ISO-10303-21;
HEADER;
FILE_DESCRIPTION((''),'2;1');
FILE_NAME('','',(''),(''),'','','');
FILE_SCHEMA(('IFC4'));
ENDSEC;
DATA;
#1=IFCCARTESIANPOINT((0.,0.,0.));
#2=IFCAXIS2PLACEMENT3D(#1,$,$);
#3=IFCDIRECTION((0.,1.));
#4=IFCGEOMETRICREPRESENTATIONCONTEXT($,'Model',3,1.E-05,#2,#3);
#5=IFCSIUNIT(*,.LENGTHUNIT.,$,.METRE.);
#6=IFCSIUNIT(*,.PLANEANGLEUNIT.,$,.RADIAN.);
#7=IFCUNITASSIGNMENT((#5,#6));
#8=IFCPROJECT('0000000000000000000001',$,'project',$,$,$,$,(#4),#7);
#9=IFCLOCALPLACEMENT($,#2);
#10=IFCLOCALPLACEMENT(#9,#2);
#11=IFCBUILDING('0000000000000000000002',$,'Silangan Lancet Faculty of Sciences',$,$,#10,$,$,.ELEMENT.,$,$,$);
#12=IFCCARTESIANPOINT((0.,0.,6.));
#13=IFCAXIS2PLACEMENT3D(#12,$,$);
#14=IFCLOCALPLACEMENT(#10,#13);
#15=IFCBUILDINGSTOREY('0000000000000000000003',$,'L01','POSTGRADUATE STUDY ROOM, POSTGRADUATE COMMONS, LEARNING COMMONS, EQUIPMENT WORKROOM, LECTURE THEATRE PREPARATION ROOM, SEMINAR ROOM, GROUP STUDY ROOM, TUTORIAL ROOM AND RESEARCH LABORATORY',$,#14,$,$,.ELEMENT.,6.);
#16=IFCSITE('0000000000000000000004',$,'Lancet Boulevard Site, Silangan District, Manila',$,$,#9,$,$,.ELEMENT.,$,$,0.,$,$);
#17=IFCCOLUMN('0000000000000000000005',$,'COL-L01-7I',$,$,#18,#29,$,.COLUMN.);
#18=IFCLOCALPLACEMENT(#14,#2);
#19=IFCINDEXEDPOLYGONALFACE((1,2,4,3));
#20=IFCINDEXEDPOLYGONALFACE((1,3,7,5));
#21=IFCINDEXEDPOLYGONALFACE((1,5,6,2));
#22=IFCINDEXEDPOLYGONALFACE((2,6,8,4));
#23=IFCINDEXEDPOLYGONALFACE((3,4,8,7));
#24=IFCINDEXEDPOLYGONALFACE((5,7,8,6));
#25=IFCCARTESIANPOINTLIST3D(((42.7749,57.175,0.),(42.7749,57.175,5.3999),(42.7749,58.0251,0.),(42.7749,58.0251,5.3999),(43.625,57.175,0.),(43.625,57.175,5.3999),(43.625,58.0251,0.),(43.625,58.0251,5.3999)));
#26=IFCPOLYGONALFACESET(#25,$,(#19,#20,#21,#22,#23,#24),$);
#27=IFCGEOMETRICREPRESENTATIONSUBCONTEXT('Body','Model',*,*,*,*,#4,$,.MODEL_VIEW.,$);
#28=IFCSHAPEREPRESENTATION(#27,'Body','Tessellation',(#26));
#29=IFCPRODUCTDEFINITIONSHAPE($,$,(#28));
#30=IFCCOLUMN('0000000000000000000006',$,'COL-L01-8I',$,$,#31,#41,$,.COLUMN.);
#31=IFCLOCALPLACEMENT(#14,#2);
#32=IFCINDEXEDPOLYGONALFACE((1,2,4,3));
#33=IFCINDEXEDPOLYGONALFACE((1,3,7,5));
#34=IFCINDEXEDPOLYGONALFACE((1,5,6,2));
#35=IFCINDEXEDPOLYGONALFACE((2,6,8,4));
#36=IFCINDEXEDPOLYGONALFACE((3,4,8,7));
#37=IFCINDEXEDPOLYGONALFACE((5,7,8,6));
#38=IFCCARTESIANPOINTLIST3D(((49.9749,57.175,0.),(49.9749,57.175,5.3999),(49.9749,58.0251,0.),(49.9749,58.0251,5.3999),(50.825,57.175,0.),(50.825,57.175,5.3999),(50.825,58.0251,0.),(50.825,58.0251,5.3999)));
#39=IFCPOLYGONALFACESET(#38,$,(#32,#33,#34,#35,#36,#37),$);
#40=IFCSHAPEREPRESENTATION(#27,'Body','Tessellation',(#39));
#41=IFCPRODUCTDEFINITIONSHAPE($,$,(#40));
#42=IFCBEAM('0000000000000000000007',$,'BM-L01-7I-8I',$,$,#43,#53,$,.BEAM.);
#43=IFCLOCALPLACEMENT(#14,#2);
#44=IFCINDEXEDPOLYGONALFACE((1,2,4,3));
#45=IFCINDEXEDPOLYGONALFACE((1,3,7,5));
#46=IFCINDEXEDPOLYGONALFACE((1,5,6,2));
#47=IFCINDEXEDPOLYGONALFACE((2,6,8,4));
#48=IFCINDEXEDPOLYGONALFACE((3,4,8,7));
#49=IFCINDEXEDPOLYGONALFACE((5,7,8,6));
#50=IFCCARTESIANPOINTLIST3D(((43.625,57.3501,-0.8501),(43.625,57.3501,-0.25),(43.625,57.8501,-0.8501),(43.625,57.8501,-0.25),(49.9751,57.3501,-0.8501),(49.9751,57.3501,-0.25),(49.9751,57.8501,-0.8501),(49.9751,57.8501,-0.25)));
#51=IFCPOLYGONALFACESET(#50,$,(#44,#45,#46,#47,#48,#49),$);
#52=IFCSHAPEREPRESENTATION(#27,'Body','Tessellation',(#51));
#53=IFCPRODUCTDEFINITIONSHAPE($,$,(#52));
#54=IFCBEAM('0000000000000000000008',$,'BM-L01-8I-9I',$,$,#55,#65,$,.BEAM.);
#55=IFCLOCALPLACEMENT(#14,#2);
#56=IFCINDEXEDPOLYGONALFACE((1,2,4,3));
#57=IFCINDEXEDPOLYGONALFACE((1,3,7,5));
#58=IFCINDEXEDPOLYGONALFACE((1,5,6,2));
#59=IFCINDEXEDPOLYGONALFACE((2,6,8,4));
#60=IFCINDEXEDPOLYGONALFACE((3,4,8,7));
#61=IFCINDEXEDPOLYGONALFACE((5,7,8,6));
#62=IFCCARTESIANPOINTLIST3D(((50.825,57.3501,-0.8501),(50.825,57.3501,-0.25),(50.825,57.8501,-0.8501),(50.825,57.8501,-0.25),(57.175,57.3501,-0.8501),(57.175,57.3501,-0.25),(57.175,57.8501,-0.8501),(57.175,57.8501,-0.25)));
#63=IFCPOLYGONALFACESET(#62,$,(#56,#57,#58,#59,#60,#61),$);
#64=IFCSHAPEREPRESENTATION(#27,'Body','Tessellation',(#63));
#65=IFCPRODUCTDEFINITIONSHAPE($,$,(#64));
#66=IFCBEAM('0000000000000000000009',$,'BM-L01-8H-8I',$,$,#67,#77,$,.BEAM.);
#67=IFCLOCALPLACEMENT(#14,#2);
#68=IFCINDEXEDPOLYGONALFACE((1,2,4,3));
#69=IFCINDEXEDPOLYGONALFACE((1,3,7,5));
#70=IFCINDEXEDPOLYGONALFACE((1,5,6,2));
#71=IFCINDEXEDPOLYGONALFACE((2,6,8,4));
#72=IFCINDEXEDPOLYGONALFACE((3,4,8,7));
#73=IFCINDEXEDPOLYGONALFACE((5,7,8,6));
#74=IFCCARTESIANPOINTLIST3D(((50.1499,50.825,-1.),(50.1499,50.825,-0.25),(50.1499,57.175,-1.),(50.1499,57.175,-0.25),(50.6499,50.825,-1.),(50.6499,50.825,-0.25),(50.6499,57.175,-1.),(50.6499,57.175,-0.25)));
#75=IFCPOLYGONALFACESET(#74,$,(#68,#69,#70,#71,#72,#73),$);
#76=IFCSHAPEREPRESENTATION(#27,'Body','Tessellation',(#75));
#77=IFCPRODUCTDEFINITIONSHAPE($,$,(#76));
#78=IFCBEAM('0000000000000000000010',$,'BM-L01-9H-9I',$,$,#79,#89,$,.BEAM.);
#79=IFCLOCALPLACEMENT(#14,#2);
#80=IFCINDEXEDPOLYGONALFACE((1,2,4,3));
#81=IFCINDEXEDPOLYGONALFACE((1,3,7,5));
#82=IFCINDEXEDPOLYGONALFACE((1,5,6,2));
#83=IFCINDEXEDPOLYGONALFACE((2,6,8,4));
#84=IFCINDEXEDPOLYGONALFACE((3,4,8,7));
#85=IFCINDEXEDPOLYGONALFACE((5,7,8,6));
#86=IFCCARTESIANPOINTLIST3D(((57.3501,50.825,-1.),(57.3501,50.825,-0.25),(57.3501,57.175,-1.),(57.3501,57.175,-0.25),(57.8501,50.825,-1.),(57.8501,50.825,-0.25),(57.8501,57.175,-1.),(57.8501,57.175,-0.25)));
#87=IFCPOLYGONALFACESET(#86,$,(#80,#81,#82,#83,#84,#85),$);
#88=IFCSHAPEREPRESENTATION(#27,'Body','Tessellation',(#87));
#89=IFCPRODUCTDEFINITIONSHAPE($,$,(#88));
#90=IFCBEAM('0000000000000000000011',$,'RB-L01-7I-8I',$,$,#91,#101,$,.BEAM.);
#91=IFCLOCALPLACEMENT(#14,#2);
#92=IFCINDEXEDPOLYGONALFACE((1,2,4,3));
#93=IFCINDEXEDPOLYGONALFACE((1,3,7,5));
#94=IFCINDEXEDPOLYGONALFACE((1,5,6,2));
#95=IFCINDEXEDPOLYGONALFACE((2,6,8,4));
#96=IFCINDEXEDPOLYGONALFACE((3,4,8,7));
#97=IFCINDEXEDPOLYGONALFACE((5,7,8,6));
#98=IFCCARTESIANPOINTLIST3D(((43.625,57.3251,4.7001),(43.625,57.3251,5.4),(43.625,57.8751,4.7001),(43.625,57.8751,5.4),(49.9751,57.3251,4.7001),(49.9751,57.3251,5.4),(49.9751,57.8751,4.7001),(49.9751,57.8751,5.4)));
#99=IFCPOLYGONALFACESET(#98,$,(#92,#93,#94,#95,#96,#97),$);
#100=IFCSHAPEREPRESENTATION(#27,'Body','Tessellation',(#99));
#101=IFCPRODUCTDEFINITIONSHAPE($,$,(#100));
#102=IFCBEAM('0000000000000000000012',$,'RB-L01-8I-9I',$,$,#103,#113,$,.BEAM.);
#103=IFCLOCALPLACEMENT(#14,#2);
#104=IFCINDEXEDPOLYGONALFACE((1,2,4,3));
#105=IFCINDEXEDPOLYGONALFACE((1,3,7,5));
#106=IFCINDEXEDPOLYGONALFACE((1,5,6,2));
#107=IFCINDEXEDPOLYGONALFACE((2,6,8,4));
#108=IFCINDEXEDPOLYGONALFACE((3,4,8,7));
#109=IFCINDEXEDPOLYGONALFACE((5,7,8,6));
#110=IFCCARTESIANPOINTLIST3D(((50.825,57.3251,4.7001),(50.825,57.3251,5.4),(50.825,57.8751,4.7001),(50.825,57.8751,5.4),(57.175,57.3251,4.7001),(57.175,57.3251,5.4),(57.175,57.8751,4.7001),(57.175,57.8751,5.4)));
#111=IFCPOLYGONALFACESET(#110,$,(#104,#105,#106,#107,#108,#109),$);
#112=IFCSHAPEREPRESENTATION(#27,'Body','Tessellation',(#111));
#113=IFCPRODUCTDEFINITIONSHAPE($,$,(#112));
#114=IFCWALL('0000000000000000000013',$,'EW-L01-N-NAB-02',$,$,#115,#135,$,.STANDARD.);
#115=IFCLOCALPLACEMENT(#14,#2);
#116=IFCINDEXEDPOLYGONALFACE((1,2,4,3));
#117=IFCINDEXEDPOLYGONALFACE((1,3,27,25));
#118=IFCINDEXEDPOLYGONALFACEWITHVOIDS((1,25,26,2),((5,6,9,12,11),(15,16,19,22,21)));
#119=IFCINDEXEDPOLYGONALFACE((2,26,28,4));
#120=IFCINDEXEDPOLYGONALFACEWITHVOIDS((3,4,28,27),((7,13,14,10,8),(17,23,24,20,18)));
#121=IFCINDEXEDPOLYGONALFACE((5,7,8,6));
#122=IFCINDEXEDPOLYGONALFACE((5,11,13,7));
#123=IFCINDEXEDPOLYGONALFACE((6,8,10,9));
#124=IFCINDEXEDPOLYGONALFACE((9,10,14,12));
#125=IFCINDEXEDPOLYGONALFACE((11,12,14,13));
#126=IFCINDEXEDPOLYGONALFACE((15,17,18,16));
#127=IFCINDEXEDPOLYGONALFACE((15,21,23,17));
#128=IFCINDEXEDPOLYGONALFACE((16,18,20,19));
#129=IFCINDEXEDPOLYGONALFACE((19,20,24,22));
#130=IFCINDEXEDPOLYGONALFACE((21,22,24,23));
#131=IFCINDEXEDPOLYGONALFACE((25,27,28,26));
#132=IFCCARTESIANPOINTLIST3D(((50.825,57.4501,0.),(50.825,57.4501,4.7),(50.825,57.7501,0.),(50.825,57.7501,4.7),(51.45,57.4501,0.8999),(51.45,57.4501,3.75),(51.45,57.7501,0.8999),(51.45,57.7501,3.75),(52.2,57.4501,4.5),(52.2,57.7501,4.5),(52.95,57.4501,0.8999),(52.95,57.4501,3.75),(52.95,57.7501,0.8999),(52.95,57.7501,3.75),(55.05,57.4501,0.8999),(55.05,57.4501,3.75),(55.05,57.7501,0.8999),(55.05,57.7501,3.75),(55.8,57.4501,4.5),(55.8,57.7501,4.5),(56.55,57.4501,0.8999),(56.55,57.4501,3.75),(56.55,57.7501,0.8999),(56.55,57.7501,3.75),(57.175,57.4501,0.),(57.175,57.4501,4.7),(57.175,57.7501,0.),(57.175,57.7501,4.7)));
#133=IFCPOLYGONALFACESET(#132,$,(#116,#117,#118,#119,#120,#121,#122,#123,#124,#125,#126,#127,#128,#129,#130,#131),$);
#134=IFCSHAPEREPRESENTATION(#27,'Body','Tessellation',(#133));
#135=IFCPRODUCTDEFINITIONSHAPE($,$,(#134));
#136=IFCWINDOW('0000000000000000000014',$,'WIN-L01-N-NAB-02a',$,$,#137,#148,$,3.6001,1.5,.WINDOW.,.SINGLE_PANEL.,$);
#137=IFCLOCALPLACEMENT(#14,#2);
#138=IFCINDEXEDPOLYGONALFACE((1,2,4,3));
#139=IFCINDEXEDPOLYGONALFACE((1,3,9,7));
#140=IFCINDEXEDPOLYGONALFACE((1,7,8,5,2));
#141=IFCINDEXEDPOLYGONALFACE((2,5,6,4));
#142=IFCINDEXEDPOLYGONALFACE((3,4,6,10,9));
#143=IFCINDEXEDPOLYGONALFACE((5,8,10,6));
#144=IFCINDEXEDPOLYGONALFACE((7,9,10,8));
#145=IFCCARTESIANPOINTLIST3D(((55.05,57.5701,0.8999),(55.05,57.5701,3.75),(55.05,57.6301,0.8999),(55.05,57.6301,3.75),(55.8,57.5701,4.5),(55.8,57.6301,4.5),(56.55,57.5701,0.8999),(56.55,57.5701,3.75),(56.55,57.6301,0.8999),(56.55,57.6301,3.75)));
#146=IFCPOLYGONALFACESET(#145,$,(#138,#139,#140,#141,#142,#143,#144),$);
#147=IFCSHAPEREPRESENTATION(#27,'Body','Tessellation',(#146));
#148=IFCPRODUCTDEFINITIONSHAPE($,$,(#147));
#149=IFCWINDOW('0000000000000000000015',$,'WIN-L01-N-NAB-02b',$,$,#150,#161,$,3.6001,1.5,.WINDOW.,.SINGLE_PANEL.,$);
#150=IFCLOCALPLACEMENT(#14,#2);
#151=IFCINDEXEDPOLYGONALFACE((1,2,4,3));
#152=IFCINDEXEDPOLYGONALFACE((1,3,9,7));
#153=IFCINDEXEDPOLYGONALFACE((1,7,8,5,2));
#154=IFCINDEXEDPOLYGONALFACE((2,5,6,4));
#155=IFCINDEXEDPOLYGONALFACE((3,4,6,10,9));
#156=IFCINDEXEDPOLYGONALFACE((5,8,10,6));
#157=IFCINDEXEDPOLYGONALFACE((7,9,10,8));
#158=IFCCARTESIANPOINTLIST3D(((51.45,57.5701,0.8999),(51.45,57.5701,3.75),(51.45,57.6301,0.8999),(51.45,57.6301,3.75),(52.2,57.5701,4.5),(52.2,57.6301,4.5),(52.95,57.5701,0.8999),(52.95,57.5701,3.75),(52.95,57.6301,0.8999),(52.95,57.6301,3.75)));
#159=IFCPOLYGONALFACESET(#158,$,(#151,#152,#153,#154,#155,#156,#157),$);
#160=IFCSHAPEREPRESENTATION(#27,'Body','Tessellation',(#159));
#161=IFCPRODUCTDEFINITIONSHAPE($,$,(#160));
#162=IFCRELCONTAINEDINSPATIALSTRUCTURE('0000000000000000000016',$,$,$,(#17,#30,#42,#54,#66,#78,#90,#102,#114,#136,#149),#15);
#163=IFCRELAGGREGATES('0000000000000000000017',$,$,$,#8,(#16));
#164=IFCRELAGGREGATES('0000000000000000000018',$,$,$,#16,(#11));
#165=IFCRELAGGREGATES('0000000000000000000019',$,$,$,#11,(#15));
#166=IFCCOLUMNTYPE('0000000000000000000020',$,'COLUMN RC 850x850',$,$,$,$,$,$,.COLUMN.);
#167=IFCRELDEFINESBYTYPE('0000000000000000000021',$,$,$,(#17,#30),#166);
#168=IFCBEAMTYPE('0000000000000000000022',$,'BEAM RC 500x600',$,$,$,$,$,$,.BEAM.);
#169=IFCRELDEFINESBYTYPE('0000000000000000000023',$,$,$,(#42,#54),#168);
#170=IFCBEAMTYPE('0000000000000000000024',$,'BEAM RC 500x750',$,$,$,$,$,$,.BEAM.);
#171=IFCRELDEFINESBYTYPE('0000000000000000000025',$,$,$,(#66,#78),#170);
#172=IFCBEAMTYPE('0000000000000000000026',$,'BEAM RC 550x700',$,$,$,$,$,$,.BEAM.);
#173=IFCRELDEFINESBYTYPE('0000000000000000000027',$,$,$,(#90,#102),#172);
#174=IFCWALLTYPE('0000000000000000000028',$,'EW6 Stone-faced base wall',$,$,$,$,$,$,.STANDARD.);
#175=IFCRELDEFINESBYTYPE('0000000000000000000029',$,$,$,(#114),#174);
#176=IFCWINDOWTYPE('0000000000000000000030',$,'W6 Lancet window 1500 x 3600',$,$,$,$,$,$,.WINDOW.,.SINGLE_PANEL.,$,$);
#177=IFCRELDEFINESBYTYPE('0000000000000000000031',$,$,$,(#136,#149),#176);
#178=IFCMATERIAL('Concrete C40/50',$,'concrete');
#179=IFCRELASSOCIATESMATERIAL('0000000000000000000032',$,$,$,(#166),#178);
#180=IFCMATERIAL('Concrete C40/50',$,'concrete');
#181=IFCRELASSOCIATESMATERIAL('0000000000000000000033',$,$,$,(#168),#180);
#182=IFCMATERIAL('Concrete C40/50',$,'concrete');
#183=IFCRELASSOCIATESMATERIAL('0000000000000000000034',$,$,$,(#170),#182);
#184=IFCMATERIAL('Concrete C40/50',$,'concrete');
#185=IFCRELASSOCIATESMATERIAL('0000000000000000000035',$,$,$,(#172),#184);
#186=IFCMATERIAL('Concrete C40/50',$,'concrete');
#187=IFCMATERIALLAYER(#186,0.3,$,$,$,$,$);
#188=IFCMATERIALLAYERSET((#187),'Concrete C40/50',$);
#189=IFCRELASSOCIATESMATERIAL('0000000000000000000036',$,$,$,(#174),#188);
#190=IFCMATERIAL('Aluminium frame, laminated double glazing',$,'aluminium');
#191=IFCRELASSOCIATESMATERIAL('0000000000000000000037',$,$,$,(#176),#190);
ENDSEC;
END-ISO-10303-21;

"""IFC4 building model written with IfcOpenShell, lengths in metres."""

from ifc_helpers import new_model, si_unit, direction, frame, frame_2d, origin, origin_2d, place, context, subcontext, project, spatial, polyline, rectangle, outline, extrude, material, layer, layer_set, material_profile, profile_set, type_object, element, fill, save


model = new_model("IFC4")

# Units and contexts
model_context = context("Model", 3, precision=1e-05, world=origin(), true_north=direction((0.0, 1.0)))
body_context = subcontext(model_context, "Body", "Model", "MODEL_VIEW")
ifc_project = project(units=[si_unit("LENGTHUNIT", "METRE"), si_unit("PLANEANGLEUNIT", "RADIAN")], contexts=[model_context])

# Site, building, storey
site_placement = place(None, origin())
site = spatial("IfcSite", under=ifc_project, at=site_placement, Name="Lancet Boulevard Site, Silangan District, Manila", CompositionType="ELEMENT", RefElevation=0.0)
building_placement = place(site_placement, origin())
building = spatial("IfcBuilding", under=site, at=building_placement, Name="Silangan Lancet Faculty of Sciences", CompositionType="ELEMENT")
storey_placement = place(building_placement, frame((0.0, 0.0, 6.0)))
storey = spatial("IfcBuildingStorey", under=building, at=storey_placement, Name="L01", Description="POSTGRADUATE STUDY ROOM, POSTGRADUATE COMMONS, LEARNING COMMONS, EQUIPMENT WORKROOM, LECTURE THEATRE PREPARATION ROOM, SEMINAR ROOM, GROUP STUDY ROOM, TUTORIAL ROOM AND RESEARCH LABORATORY", CompositionType="ELEMENT", Elevation=6.0)

# Columns
ifc_material_1 = material(Name="Concrete C40/50", Category="concrete")
ifc_material_profile_1 = material_profile(ifc_material_1, rectangle(XDim=0.8501, YDim=0.8501, at=origin_2d()), Name="RC 850x850")
ifc_profile_set_1 = profile_set([ifc_material_profile_1], Name="Concrete C40/50")
column_type = type_object("IfcColumnType", Name="COLUMN RC 850x850", PredefinedType="COLUMN", material=ifc_profile_set_1)
for number, where, z_axis, x_axis, name in (
    (1, (43.2, 57.6001, 0.0), (0.0, 0.0, 1.0), (1.0, 0.0, 0.0), "COL-L01-7I"),
    (2, (50.3999, 57.6001, 0.0), (0.0, 0.0, 1.0), (1.0, 0.0, 0.0), "COL-L01-8I"),
):
    element("IfcColumn", number, at=place(storey_placement, frame(where, z_axis=z_axis, x_axis=x_axis)), inside=storey, type_object=column_type, Name=name, PredefinedType="COLUMN", context=body_context, shape_type="SweptSolid", body=[
        extrude(rectangle(XDim=0.8501, YDim=0.8501, at=origin_2d()), origin(), (0.0, 0.0, 1.0), 5.3999),
    ])

# Beams
ifc_material_2 = material(Name="Concrete C40/50", Category="concrete")
ifc_material_profile_2 = material_profile(ifc_material_2, rectangle(XDim=0.5, YDim=0.6001, at=origin_2d()), Name="RC 500x600")
ifc_profile_set_2 = profile_set([ifc_material_profile_2], Name="Concrete C40/50")
beam_type_1 = type_object("IfcBeamType", Name="BEAM RC 500x600", PredefinedType="BEAM", material=ifc_profile_set_2)
for number, where, z_axis, x_axis, name in (
    (3, (43.625, 57.6001, -0.55), (1.0, 0.0, 0.0), (0.0, 1.0, 0.0), "BM-L01-7I-8I"),
    (4, (50.825, 57.6001, -0.55), (1.0, 0.0, 0.0), (0.0, 1.0, 0.0), "BM-L01-8I-9I"),
):
    element("IfcBeam", number, at=place(storey_placement, frame(where, z_axis=z_axis, x_axis=x_axis)), inside=storey, type_object=beam_type_1, Name=name, PredefinedType="BEAM", context=body_context, shape_type="SweptSolid", body=[
        extrude(rectangle(XDim=0.5, YDim=0.6001, at=origin_2d()), origin(), (0.0, 0.0, 1.0), 6.3501),
    ])
ifc_material_3 = material(Name="Concrete C40/50", Category="concrete")
ifc_material_profile_3 = material_profile(ifc_material_3, rectangle(XDim=0.5, YDim=0.75, at=origin_2d()), Name="RC 500x750")
ifc_profile_set_3 = profile_set([ifc_material_profile_3], Name="Concrete C40/50")
beam_type_2 = type_object("IfcBeamType", Name="BEAM RC 500x750", PredefinedType="BEAM", material=ifc_profile_set_3)
for number, where, z_axis, x_axis, name in (
    (5, (50.3999, 50.825, -0.625), (0.0, 1.0, 0.0), (-1.0, 0.0, 0.0), "BM-L01-8H-8I"),
    (6, (57.6001, 50.825, -0.625), (0.0, 1.0, 0.0), (-1.0, 0.0, 0.0), "BM-L01-9H-9I"),
):
    element("IfcBeam", number, at=place(storey_placement, frame(where, z_axis=z_axis, x_axis=x_axis)), inside=storey, type_object=beam_type_2, Name=name, PredefinedType="BEAM", context=body_context, shape_type="SweptSolid", body=[
        extrude(rectangle(XDim=0.5, YDim=0.75, at=origin_2d()), origin(), (0.0, 0.0, 1.0), 6.3501),
    ])
ifc_material_4 = material(Name="Concrete C40/50", Category="concrete")
ifc_material_profile_4 = material_profile(ifc_material_4, rectangle(XDim=0.55, YDim=0.7, at=origin_2d()), Name="RC 550x700")
ifc_profile_set_4 = profile_set([ifc_material_profile_4], Name="Concrete C40/50")
beam_type_3 = type_object("IfcBeamType", Name="BEAM RC 550x700", PredefinedType="BEAM", material=ifc_profile_set_4)
for number, where, z_axis, x_axis, name in (
    (7, (43.625, 57.6001, 5.05), (1.0, 0.0, 0.0), (0.0, 1.0, 0.0), "RB-L01-7I-8I"),
    (8, (50.825, 57.6001, 5.05), (1.0, 0.0, 0.0), (0.0, 1.0, 0.0), "RB-L01-8I-9I"),
):
    element("IfcBeam", number, at=place(storey_placement, frame(where, z_axis=z_axis, x_axis=x_axis)), inside=storey, type_object=beam_type_3, Name=name, PredefinedType="BEAM", context=body_context, shape_type="SweptSolid", body=[
        extrude(rectangle(XDim=0.55, YDim=0.7, at=origin_2d()), origin(), (0.0, 0.0, 1.0), 6.3501),
    ])

# Wall, openings, windows
ifc_material_5 = material(Name="Concrete C40/50", Category="concrete")
ifc_layer_1 = layer(ifc_material_5, 0.3)
ifc_layer_set_1 = layer_set([ifc_layer_1], Name="Concrete C40/50")
wall_type_1 = type_object("IfcWallType", Name="EW6 Stone-faced base wall", PredefinedType="STANDARD", material=ifc_layer_set_1)
wall_1_placement = place(storey_placement, frame((57.175, 57.6001, 0.0), z_axis=(0.0, 0.0, 1.0), x_axis=(-1.0, 0.0, 0.0)))
wall_1 = element("IfcWall", 9, at=wall_1_placement, inside=storey, type_object=wall_type_1, Name="EW-L01-N-NAB-02", PredefinedType="STANDARD", context=body_context, shape_type="SweptSolid", body=[
    extrude(rectangle(XDim=6.3501, YDim=0.3, at=frame_2d((3.175, 0.0))), origin(), (0.0, 0.0, 1.0), 4.7),
])
opening_1_placement = place(wall_1_placement, frame((0.625, 0.0, 0.8999)))
opening_1 = element("IfcOpeningElement", 10, at=opening_1_placement, cuts=wall_1, PredefinedType="OPENING", context=body_context, shape_type="SweptSolid", body=[
    extrude(outline(polyline([(0.0, 0.0), (1.5, 0.0), (1.5, 2.8501), (0.75, 3.6001), (0.0, 2.8501), (0.0, 0.0)])), frame((0.0, 0.1599, 0.0), z_axis=(0.0, -1.0, 0.0), x_axis=(1.0, 0.0, 0.0)), (0.0, 0.0, 1.0), 0.3201),
])
opening_2_placement = place(wall_1_placement, frame((4.2251, 0.0, 0.8999)))
opening_2 = element("IfcOpeningElement", 11, at=opening_2_placement, cuts=wall_1, PredefinedType="OPENING", context=body_context, shape_type="SweptSolid", body=[
    extrude(outline(polyline([(0.0, 0.0), (1.5, 0.0), (1.5, 2.8501), (0.75, 3.6001), (0.0, 2.8501), (0.0, 0.0)])), frame((0.0, 0.1599, 0.0), z_axis=(0.0, -1.0, 0.0), x_axis=(1.0, 0.0, 0.0)), (0.0, 0.0, 1.0), 0.3201),
])
ifc_material_6 = material(Name="Aluminium frame, laminated double glazing", Category="aluminium")
window_type = type_object("IfcWindowType", Name="W6 Lancet window 1500 x 3600", PartitioningType="SINGLE_PANEL", PredefinedType="WINDOW", material=ifc_material_6)
window_1_placement = place(opening_1_placement, origin())
window_1 = element("IfcWindow", 12, at=window_1_placement, inside=storey, type_object=window_type, Name="WIN-L01-N-NAB-02a", OverallHeight=3.6001, OverallWidth=1.5, PartitioningType="SINGLE_PANEL", PredefinedType="WINDOW", context=body_context, shape_type="SweptSolid", body=[
    extrude(outline(polyline([(0.0, 0.0), (1.5, 0.0), (1.5, 2.8501), (0.75, 3.6001), (0.0, 2.8501), (0.0, 0.0)])), frame((0.0, 0.03, 0.0), z_axis=(0.0, -1.0, 0.0), x_axis=(1.0, 0.0, 0.0)), (0.0, 0.0, 1.0), 0.0601),
])
fill(opening_1, window_1)
window_2_placement = place(opening_2_placement, origin())
window_2 = element("IfcWindow", 13, at=window_2_placement, inside=storey, type_object=window_type, Name="WIN-L01-N-NAB-02b", OverallHeight=3.6001, OverallWidth=1.5, PartitioningType="SINGLE_PANEL", PredefinedType="WINDOW", context=body_context, shape_type="SweptSolid", body=[
    extrude(outline(polyline([(0.0, 0.0), (1.5, 0.0), (1.5, 2.8501), (0.75, 3.6001), (0.0, 2.8501), (0.0, 0.0)])), frame((0.0, 0.03, 0.0), z_axis=(0.0, -1.0, 0.0), x_axis=(1.0, 0.0, 0.0)), (0.0, 0.0, 1.0), 0.0601),
])
fill(opening_2, window_2)

save(model, "model.ifc")
